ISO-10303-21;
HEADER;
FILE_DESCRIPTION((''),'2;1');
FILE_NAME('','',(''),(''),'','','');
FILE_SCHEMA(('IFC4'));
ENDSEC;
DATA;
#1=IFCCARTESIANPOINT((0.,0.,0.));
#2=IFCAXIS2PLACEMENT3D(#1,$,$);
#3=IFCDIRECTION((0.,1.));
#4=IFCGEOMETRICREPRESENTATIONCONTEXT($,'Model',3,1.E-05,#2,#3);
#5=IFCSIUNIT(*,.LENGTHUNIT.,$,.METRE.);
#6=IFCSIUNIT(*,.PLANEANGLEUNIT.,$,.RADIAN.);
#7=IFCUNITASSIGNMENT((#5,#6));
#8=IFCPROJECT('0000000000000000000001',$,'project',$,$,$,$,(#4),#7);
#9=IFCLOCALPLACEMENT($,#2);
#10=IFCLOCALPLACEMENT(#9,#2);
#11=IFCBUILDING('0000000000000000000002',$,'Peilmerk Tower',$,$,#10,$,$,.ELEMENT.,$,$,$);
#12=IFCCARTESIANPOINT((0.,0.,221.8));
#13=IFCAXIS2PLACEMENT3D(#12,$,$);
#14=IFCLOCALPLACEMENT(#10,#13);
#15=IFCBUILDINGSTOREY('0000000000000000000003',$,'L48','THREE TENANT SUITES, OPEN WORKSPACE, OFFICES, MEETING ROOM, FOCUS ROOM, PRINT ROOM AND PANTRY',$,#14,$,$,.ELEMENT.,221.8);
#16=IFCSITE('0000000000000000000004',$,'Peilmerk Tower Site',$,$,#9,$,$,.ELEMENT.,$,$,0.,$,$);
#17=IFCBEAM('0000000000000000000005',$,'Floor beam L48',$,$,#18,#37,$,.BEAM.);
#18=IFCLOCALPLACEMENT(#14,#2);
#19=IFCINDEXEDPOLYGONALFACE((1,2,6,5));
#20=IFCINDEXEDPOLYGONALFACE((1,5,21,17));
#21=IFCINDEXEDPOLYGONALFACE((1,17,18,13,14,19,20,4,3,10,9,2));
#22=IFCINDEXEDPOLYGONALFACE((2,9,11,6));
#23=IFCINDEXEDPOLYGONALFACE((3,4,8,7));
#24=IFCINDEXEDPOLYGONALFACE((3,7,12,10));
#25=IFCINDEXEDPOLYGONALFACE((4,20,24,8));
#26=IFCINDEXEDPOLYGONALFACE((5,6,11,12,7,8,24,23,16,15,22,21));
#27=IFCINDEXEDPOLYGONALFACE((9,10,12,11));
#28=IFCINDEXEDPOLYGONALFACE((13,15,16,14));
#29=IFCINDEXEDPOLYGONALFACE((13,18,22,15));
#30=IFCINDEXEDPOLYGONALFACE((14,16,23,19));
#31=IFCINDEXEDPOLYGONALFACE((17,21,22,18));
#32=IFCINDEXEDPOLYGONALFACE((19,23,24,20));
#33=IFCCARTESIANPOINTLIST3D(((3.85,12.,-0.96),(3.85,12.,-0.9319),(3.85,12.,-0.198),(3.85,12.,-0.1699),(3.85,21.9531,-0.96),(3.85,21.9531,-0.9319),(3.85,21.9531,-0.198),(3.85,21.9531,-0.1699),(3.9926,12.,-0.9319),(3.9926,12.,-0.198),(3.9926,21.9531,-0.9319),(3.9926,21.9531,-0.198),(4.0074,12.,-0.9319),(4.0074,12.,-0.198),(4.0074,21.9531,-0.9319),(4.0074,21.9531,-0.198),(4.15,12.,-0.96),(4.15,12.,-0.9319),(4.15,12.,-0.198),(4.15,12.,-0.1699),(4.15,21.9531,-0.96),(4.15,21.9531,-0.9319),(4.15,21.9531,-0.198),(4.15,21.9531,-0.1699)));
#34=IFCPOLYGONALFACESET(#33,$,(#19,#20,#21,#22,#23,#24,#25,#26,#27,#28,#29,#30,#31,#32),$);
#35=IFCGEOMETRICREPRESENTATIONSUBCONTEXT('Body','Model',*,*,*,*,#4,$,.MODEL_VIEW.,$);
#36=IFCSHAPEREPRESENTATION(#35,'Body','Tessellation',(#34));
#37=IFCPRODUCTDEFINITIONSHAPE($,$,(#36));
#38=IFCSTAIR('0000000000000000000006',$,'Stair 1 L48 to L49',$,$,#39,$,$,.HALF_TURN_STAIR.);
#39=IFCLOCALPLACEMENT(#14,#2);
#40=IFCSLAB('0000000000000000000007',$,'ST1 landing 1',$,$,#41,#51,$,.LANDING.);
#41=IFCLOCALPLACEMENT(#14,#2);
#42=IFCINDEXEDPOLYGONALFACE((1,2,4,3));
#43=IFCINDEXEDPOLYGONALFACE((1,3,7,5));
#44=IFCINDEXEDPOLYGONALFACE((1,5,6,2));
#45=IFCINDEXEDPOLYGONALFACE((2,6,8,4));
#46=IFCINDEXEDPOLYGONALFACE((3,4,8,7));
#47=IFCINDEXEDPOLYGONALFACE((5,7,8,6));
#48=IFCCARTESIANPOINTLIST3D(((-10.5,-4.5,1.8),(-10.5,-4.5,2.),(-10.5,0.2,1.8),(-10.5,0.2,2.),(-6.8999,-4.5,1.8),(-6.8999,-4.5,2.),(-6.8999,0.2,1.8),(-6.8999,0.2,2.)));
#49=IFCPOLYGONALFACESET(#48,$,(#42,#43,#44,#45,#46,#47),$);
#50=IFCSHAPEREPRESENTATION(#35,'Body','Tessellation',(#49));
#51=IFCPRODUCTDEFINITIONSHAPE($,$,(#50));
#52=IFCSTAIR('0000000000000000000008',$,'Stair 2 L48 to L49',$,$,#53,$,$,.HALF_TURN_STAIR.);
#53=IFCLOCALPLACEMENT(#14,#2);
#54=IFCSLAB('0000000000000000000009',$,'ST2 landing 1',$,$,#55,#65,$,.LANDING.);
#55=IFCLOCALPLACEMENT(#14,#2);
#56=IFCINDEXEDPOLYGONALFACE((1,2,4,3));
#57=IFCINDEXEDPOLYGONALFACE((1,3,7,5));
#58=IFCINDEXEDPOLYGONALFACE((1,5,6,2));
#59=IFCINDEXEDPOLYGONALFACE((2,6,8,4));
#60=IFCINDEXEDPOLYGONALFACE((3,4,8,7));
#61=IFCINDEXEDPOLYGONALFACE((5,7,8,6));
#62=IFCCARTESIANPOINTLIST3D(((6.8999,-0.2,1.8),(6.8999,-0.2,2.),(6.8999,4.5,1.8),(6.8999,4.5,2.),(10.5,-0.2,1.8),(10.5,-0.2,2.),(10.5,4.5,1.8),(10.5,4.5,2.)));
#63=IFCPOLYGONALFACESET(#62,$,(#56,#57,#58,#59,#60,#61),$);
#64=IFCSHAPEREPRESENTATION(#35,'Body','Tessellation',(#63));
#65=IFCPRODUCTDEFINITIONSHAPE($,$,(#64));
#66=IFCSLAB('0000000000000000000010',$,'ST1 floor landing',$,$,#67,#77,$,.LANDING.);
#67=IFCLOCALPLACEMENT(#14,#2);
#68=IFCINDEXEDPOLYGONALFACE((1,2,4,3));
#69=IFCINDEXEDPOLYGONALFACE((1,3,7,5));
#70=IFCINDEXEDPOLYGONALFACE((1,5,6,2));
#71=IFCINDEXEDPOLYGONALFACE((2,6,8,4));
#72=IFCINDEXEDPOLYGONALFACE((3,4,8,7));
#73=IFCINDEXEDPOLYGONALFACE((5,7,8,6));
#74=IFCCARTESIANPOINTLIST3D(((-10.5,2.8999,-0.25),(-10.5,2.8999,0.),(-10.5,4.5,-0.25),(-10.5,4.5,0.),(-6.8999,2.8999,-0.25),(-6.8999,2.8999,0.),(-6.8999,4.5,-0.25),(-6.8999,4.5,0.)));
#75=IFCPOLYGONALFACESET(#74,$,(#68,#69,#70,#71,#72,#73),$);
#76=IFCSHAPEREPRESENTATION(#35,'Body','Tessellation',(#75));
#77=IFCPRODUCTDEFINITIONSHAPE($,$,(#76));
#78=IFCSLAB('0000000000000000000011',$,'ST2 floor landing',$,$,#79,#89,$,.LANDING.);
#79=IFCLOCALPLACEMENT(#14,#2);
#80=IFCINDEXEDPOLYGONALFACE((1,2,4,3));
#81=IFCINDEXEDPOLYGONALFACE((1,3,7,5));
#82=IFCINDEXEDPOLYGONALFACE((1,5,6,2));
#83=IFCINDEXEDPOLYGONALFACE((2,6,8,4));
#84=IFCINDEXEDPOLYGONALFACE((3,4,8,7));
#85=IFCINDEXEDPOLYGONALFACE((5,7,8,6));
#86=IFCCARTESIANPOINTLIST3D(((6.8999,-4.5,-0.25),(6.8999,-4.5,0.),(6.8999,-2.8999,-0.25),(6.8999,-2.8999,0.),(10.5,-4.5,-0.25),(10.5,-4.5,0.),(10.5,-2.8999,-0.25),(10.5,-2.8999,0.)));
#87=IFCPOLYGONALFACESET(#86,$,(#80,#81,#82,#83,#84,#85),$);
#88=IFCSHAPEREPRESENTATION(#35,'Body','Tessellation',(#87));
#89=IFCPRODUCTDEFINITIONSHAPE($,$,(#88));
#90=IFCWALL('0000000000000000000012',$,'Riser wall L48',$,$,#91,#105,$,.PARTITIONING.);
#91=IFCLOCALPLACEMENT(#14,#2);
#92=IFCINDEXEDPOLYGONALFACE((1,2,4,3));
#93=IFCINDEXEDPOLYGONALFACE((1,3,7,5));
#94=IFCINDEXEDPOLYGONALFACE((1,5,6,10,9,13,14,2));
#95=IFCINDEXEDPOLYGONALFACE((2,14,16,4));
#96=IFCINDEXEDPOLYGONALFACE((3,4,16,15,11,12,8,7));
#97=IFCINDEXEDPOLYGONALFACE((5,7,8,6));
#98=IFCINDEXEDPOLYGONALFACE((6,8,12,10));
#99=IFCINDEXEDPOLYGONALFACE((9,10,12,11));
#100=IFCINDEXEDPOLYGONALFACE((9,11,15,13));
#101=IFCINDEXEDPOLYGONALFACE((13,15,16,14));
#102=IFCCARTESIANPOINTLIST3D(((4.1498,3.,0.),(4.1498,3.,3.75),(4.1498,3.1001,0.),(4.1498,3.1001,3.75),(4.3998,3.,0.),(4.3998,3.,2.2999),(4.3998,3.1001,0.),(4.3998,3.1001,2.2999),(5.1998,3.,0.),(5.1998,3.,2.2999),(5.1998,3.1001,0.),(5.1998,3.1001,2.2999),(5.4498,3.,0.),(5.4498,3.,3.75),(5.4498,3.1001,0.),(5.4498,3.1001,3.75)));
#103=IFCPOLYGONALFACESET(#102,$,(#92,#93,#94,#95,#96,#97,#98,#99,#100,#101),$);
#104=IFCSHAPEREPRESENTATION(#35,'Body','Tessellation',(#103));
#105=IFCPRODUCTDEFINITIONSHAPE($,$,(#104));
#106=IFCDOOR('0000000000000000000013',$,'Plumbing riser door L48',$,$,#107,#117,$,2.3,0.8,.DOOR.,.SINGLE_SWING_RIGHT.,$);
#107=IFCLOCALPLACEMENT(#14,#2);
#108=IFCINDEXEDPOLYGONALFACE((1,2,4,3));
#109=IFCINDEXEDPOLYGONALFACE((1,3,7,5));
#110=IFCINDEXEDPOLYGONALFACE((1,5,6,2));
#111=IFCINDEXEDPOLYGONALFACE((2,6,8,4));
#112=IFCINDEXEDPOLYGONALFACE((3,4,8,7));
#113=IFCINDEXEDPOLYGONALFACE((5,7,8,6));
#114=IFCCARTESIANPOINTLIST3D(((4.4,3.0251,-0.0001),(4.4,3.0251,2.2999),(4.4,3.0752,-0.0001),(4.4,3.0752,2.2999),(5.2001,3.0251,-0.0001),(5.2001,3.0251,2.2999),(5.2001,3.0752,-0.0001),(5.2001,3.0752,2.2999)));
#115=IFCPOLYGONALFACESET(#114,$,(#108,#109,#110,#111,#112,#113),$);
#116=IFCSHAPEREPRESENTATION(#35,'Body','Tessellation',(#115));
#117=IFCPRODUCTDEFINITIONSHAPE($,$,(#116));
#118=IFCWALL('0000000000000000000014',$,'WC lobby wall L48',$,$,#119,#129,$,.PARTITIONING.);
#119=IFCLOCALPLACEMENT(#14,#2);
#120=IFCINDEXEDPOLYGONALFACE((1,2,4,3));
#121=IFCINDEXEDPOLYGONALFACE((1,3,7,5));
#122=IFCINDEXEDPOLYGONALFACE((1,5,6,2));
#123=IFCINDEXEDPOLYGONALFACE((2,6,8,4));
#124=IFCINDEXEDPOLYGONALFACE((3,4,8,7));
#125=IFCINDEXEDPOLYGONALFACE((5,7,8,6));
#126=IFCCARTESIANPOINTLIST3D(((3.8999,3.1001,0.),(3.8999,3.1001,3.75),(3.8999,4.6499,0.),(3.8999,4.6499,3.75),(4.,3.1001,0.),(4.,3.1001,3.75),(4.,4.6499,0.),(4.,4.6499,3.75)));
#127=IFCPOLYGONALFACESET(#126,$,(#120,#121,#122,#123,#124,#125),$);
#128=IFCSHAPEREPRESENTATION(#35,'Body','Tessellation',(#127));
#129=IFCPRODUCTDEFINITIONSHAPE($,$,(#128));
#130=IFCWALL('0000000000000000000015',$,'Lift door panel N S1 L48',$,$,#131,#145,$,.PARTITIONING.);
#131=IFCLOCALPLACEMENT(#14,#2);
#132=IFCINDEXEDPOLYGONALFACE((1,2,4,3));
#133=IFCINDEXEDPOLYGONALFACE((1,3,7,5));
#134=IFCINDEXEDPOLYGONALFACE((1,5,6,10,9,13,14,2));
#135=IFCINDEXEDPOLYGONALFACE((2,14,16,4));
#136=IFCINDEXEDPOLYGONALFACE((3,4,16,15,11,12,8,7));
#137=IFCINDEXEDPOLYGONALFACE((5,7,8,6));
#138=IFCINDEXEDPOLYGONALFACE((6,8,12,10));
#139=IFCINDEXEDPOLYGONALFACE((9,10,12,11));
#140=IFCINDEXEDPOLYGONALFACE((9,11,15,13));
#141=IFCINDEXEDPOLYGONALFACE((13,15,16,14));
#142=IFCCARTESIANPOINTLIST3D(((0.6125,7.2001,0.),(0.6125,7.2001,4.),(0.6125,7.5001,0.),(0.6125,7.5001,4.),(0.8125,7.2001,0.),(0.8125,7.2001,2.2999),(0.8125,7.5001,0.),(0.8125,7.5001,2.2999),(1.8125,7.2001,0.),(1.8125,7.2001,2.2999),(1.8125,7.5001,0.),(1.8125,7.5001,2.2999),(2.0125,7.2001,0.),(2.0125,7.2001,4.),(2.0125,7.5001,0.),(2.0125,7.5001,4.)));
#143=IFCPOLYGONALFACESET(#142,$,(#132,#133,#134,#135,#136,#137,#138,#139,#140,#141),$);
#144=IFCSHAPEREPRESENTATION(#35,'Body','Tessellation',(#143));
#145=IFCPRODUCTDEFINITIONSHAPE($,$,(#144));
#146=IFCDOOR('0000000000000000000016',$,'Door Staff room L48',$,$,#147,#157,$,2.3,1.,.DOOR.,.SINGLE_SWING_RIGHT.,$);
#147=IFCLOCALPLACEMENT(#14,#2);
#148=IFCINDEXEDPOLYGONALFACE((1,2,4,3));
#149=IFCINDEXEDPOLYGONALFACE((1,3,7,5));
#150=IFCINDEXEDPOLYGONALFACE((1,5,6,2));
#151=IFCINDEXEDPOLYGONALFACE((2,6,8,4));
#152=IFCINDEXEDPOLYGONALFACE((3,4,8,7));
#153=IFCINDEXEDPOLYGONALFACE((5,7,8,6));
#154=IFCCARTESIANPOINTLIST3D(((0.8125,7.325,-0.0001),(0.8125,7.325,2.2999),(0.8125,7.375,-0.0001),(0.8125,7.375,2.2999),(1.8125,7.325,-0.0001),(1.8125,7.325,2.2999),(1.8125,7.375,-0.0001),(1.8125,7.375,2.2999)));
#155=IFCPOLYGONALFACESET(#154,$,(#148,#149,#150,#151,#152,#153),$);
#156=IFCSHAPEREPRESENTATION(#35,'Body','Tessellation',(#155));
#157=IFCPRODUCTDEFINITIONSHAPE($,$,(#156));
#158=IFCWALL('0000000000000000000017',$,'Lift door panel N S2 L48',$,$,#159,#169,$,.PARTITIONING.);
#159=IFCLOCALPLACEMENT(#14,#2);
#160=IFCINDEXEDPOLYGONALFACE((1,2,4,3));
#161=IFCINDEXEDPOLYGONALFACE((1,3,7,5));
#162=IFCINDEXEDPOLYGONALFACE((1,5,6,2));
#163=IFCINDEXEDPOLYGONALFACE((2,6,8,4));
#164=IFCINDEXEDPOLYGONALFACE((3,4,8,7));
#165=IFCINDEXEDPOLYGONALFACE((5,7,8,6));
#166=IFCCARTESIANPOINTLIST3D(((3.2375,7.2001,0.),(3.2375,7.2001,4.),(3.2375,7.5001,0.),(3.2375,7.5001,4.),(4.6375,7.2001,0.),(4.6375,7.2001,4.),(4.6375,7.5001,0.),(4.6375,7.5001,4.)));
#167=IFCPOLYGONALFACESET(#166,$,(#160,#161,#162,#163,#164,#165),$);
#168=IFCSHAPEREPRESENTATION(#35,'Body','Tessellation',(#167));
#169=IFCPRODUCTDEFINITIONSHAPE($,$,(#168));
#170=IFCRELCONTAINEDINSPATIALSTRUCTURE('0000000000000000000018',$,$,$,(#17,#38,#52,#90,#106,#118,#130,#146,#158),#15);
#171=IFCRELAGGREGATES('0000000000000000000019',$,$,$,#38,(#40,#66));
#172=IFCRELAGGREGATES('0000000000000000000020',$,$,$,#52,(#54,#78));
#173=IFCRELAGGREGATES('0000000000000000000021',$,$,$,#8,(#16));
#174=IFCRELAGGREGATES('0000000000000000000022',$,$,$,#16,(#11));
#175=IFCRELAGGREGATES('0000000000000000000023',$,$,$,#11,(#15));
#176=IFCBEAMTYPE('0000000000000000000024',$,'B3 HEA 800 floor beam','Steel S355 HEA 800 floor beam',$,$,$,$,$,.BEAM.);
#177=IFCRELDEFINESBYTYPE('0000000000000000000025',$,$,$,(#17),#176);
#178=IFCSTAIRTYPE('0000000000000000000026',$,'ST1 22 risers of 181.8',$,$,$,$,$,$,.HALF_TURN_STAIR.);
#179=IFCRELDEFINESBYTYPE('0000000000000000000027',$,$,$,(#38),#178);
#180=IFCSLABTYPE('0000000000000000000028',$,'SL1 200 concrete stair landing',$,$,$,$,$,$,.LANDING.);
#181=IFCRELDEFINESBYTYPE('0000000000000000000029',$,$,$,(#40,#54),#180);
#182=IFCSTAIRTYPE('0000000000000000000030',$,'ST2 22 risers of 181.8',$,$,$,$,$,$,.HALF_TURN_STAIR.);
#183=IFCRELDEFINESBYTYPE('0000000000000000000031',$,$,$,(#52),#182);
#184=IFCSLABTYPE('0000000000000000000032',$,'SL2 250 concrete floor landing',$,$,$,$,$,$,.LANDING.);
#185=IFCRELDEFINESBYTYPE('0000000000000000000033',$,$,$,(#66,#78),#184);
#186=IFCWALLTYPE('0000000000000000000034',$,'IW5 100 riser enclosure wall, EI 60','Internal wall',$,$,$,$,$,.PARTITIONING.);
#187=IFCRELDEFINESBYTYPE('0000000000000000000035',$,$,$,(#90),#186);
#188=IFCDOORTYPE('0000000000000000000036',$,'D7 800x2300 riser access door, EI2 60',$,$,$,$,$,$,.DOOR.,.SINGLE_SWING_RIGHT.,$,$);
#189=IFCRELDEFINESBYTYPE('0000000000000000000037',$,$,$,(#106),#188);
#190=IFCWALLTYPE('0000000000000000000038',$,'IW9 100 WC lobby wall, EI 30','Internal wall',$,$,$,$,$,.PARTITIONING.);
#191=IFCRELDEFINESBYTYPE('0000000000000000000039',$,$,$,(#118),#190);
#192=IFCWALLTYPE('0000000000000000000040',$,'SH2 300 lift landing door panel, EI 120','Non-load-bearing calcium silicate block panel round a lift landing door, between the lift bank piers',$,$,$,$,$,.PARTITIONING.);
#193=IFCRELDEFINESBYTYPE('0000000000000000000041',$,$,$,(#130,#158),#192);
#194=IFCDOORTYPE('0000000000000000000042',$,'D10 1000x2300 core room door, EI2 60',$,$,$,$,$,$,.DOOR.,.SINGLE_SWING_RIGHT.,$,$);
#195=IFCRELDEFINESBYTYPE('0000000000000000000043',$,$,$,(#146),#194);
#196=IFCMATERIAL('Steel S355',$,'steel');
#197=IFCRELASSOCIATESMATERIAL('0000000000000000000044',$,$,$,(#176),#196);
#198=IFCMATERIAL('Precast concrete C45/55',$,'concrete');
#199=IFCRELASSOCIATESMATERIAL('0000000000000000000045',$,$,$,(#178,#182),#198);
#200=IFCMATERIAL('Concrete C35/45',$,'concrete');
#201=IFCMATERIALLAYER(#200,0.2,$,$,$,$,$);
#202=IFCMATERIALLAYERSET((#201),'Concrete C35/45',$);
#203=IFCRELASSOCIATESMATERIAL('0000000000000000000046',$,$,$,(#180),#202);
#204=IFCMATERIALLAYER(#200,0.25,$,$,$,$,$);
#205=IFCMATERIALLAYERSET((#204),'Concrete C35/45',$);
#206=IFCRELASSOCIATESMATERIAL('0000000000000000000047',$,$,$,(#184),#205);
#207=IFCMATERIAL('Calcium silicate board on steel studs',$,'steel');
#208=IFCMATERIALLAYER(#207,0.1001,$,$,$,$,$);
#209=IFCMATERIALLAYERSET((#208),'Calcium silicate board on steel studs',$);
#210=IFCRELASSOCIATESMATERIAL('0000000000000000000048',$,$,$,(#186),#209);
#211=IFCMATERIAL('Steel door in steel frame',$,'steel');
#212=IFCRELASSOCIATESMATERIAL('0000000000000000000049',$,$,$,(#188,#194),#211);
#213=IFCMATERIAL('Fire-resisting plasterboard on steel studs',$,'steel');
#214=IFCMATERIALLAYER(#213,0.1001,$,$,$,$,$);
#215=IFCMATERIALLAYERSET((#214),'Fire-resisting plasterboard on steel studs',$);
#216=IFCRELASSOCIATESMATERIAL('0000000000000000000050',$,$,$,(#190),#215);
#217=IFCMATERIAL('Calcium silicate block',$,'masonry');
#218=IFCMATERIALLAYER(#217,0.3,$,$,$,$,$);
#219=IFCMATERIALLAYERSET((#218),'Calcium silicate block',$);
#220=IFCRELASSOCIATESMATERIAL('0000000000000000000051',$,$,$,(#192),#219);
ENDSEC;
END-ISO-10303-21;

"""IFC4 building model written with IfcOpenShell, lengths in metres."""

from ifc_helpers import new_model, si_unit, direction, frame, frame_2d, origin, origin_2d, place, context, subcontext, project, spatial, polyline, rectangle, i_section, outline, extrude, material, layer, layer_set, material_profile, profile_set, type_object, element, fill, aggregate, save


model = new_model("IFC4")

# Units and contexts
model_context = context("Model", 3, precision=1e-05, world=origin(), true_north=direction((0.0, 1.0)))
body_context = subcontext(model_context, "Body", "Model", "MODEL_VIEW")
ifc_project = project(units=[si_unit("LENGTHUNIT", "METRE"), si_unit("PLANEANGLEUNIT", "RADIAN")], contexts=[model_context])

# Site, building, storey
site_placement = place(None, origin())
site = spatial("IfcSite", under=ifc_project, at=site_placement, Name="Peilmerk Tower Site", CompositionType="ELEMENT", RefElevation=0.0)
building_placement = place(site_placement, origin())
building = spatial("IfcBuilding", under=site, at=building_placement, Name="Peilmerk Tower", CompositionType="ELEMENT")
storey_placement = place(building_placement, frame((0.0, 0.0, 221.8)))
storey = spatial("IfcBuildingStorey", under=building, at=storey_placement, Name="L48", Description="THREE TENANT SUITES, OPEN WORKSPACE, OFFICES, MEETING ROOM, FOCUS ROOM, PRINT ROOM AND PANTRY", CompositionType="ELEMENT", Elevation=221.8)

# Beam
ifc_material_1 = material(Name="Steel S355", Category="steel")
ifc_material_profile = material_profile(ifc_material_1, i_section(OverallWidth=0.3, OverallDepth=0.79, WebThickness=0.0149, FlangeThickness=0.0281, at=origin_2d()), Name="HEA 800")
ifc_profile_set = profile_set([ifc_material_profile], Name="Steel S355")
beam_type = type_object("IfcBeamType", Name="B3 HEA 800 floor beam", Description="Steel S355 HEA 800 floor beam", PredefinedType="BEAM", material=ifc_profile_set)
beam_placement = place(storey_placement, frame((4.0, 12.0, -0.5649), z_axis=(0.0, 1.0, 0.0), x_axis=(-1.0, 0.0, 0.0)))
element("IfcBeam", 1, at=beam_placement, inside=storey, type_object=beam_type, Name="Floor beam L48", PredefinedType="BEAM", context=body_context, shape_type="SweptSolid", body=[
    extrude(i_section(OverallWidth=0.3, OverallDepth=0.79, WebThickness=0.0149, FlangeThickness=0.0281, at=origin_2d()), origin(), (0.0, 0.0, 1.0), 9.9531),
])

# Stairs, slabs
ifc_material_2 = material(Name="Precast concrete C45/55", Category="concrete")
stair_type_1 = type_object("IfcStairType", Name="ST1 22 risers of 181.8", PredefinedType="HALF_TURN_STAIR", material=ifc_material_2)
stair_1_placement = place(storey_placement, origin())
stair_1 = element("IfcStair", 2, at=stair_1_placement, inside=storey, type_object=stair_type_1, Name="Stair 1 L48 to L49", PredefinedType="HALF_TURN_STAIR")
ifc_material_3 = material(Name="Concrete C35/45", Category="concrete")
ifc_layer_1 = layer(ifc_material_3, 0.2)
ifc_layer_set_1 = layer_set([ifc_layer_1], Name="Concrete C35/45")
slab_type_1 = type_object("IfcSlabType", Name="SL1 200 concrete stair landing", PredefinedType="LANDING", material=ifc_layer_set_1)
slab_1_placement = place(storey_placement, frame((0.0, 0.0, 1.8)))
slab_1 = element("IfcSlab", 3, at=slab_1_placement, type_object=slab_type_1, Name="ST1 landing 1", PredefinedType="LANDING", context=body_context, shape_type="SweptSolid", body=[
    extrude(outline(polyline([(-10.5, -4.5), (-6.8999, -4.5), (-6.8999, 0.2), (-10.5, 0.2), (-10.5, -4.5)])), origin(), (0.0, 0.0, 1.0), 0.2),
])
stair_type_2 = type_object("IfcStairType", Name="ST2 22 risers of 181.8", PredefinedType="HALF_TURN_STAIR", material=ifc_material_2)
stair_2_placement = place(storey_placement, origin())
stair_2 = element("IfcStair", 4, at=stair_2_placement, inside=storey, type_object=stair_type_2, Name="Stair 2 L48 to L49", PredefinedType="HALF_TURN_STAIR")
slab_2_placement = place(storey_placement, frame((0.0, 0.0, 1.8)))
slab_2 = element("IfcSlab", 5, at=slab_2_placement, type_object=slab_type_1, Name="ST2 landing 1", PredefinedType="LANDING", context=body_context, shape_type="SweptSolid", body=[
    extrude(outline(polyline([(6.8999, -0.2), (10.5, -0.2), (10.5, 4.5), (6.8999, 4.5), (6.8999, -0.2)])), origin(), (0.0, 0.0, 1.0), 0.2),
])

# Slabs
ifc_layer_2 = layer(ifc_material_3, 0.25)
ifc_layer_set_2 = layer_set([ifc_layer_2], Name="Concrete C35/45")
slab_type_2 = type_object("IfcSlabType", Name="SL2 250 concrete floor landing", PredefinedType="LANDING", material=ifc_layer_set_2)
slab_3_placement = place(storey_placement, frame((0.0, 0.0, -0.25)))
slab_3 = element("IfcSlab", 6, at=slab_3_placement, type_object=slab_type_2, Name="ST1 floor landing", PredefinedType="LANDING", context=body_context, shape_type="SweptSolid", body=[
    extrude(outline(polyline([(-10.5, 2.8999), (-6.8999, 2.8999), (-6.8999, 4.5), (-10.5, 4.5), (-10.5, 2.8999)])), origin(), (0.0, 0.0, 1.0), 0.25),
])
aggregate(stair_1, [slab_1, slab_3])
slab_4_placement = place(storey_placement, frame((0.0, 0.0, -0.25)))
slab_4 = element("IfcSlab", 7, at=slab_4_placement, type_object=slab_type_2, Name="ST2 floor landing", PredefinedType="LANDING", context=body_context, shape_type="SweptSolid", body=[
    extrude(outline(polyline([(6.8999, -4.5), (10.5, -4.5), (10.5, -2.8999), (6.8999, -2.8999), (6.8999, -4.5)])), origin(), (0.0, 0.0, 1.0), 0.25),
])
aggregate(stair_2, [slab_2, slab_4])

# Wall, opening, door
ifc_material_4 = material(Name="Calcium silicate board on steel studs", Category="steel")
ifc_layer_3 = layer(ifc_material_4, 0.1001)
ifc_layer_set_3 = layer_set([ifc_layer_3], Name="Calcium silicate board on steel studs")
wall_type_1 = type_object("IfcWallType", Name="IW5 100 riser enclosure wall, EI 60", Description="Internal wall", PredefinedType="PARTITIONING", material=ifc_layer_set_3)
wall_1_placement = place(storey_placement, frame((4.1499, 3.05, 0.0), z_axis=(0.0, 0.0, 1.0), x_axis=(1.0, 0.0, 0.0)))
wall_1 = element("IfcWall", 8, at=wall_1_placement, inside=storey, type_object=wall_type_1, Name="Riser wall L48", PredefinedType="PARTITIONING", context=body_context, shape_type="SweptSolid", body=[
    extrude(rectangle(XDim=1.3, YDim=0.1001, at=frame_2d((0.6499, 0.0))), origin(), (0.0, 0.0, 1.0), 3.75),
])
opening_1_placement = place(wall_1_placement, frame((0.25, 0.0, 0.0)))
opening_1 = element("IfcOpeningElement", 9, at=opening_1_placement, cuts=wall_1, PredefinedType="OPENING", context=body_context, shape_type="SweptSolid", body=[
    extrude(rectangle(XDim=0.8, YDim=2.3, at=frame_2d((0.3999, 1.1499))), frame((0.0, 0.0601, 0.0), z_axis=(0.0, -1.0, 0.0), x_axis=(1.0, 0.0, 0.0)), (0.0, 0.0, 1.0), 0.1201),
])
ifc_material_5 = material(Name="Steel door in steel frame", Category="steel")
door_type_1 = type_object("IfcDoorType", Name="D7 800x2300 riser access door, EI2 60", OperationType="SINGLE_SWING_RIGHT", PredefinedType="DOOR", material=ifc_material_5)
door_1_placement = place(opening_1_placement, frame((0.8, 0.0, 0.0), z_axis=(0.0, 0.0, 1.0), x_axis=(-1.0, 0.0, 0.0)))
door_1 = element("IfcDoor", 10, at=door_1_placement, inside=storey, type_object=door_type_1, Name="Plumbing riser door L48", OperationType="SINGLE_SWING_RIGHT", OverallHeight=2.3, OverallWidth=0.8, PredefinedType="DOOR", context=body_context, shape_type="SweptSolid", body=[
    extrude(rectangle(XDim=0.8, YDim=2.3, at=frame_2d((0.3999, 1.1499))), frame((0.0, 0.0249, 0.0), z_axis=(0.0, -1.0, 0.0), x_axis=(1.0, 0.0, 0.0)), (0.0, 0.0, 1.0), 0.05),
])
fill(opening_1, door_1)

# Wall
ifc_material_6 = material(Name="Fire-resisting plasterboard on steel studs", Category="steel")
ifc_layer_4 = layer(ifc_material_6, 0.1001)
ifc_layer_set_4 = layer_set([ifc_layer_4], Name="Fire-resisting plasterboard on steel studs")
wall_type_2 = type_object("IfcWallType", Name="IW9 100 WC lobby wall, EI 30", Description="Internal wall", PredefinedType="PARTITIONING", material=ifc_layer_set_4)
wall_2_placement = place(storey_placement, frame((3.95, 3.1001, 0.0), z_axis=(0.0, 0.0, 1.0), x_axis=(0.0, 1.0, 0.0)))
element("IfcWall", 11, at=wall_2_placement, inside=storey, type_object=wall_type_2, Name="WC lobby wall L48", PredefinedType="PARTITIONING", context=body_context, shape_type="SweptSolid", body=[
    extrude(rectangle(XDim=1.5498, YDim=0.1001, at=frame_2d((0.7749, 0.0))), origin(), (0.0, 0.0, 1.0), 3.75),
])

# Wall, opening, door
ifc_material_7 = material(Name="Calcium silicate block", Category="masonry")
ifc_layer_5 = layer(ifc_material_7, 0.3)
ifc_layer_set_5 = layer_set([ifc_layer_5], Name="Calcium silicate block")
wall_type_3 = type_object("IfcWallType", Name="SH2 300 lift landing door panel, EI 120", Description="Non-load-bearing calcium silicate block panel round a lift landing door, between the lift bank piers", PredefinedType="PARTITIONING", material=ifc_layer_set_5)
wall_3_placement = place(storey_placement, frame((0.6125, 7.3501, 0.0), z_axis=(0.0, 0.0, 1.0), x_axis=(1.0, 0.0, 0.0)))
wall_3 = element("IfcWall", 12, at=wall_3_placement, inside=storey, type_object=wall_type_3, Name="Lift door panel N S1 L48", PredefinedType="PARTITIONING", context=body_context, shape_type="SweptSolid", body=[
    extrude(rectangle(XDim=1.3999, YDim=0.3, at=frame_2d((0.7, 0.0))), origin(), (0.0, 0.0, 1.0), 4.0),
])
opening_2_placement = place(wall_3_placement, frame((0.2, 0.0, 0.0)))
opening_2 = element("IfcOpeningElement", 13, at=opening_2_placement, cuts=wall_3, PredefinedType="OPENING", context=body_context, shape_type="SweptSolid", body=[
    extrude(rectangle(XDim=1.0, YDim=2.3, at=frame_2d((0.5, 1.1499))), frame((0.0, 0.1599, 0.0), z_axis=(0.0, -1.0, 0.0), x_axis=(1.0, 0.0, 0.0)), (0.0, 0.0, 1.0), 0.3201),
])
door_type_2 = type_object("IfcDoorType", Name="D10 1000x2300 core room door, EI2 60", OperationType="SINGLE_SWING_RIGHT", PredefinedType="DOOR", material=ifc_material_5)
door_2_placement = place(opening_2_placement, origin())
door_2 = element("IfcDoor", 14, at=door_2_placement, inside=storey, type_object=door_type_2, Name="Door Staff room L48", OperationType="SINGLE_SWING_RIGHT", OverallHeight=2.3, OverallWidth=1.0, PredefinedType="DOOR", context=body_context, shape_type="SweptSolid", body=[
    extrude(rectangle(XDim=1.0, YDim=2.3, at=frame_2d((0.5, 1.1499))), frame((0.0, 0.0249, 0.0), z_axis=(0.0, -1.0, 0.0), x_axis=(1.0, 0.0, 0.0)), (0.0, 0.0, 1.0), 0.05),
])
fill(opening_2, door_2)

# Wall
wall_4_placement = place(storey_placement, frame((3.2375, 7.3501, 0.0), z_axis=(0.0, 0.0, 1.0), x_axis=(1.0, 0.0, 0.0)))
element("IfcWall", 15, at=wall_4_placement, inside=storey, type_object=wall_type_3, Name="Lift door panel N S2 L48", PredefinedType="PARTITIONING", context=body_context, shape_type="SweptSolid", body=[
    extrude(rectangle(XDim=1.3999, YDim=0.3, at=frame_2d((0.7, 0.0))), origin(), (0.0, 0.0, 1.0), 4.0),
])

save(model, "model.ifc")
